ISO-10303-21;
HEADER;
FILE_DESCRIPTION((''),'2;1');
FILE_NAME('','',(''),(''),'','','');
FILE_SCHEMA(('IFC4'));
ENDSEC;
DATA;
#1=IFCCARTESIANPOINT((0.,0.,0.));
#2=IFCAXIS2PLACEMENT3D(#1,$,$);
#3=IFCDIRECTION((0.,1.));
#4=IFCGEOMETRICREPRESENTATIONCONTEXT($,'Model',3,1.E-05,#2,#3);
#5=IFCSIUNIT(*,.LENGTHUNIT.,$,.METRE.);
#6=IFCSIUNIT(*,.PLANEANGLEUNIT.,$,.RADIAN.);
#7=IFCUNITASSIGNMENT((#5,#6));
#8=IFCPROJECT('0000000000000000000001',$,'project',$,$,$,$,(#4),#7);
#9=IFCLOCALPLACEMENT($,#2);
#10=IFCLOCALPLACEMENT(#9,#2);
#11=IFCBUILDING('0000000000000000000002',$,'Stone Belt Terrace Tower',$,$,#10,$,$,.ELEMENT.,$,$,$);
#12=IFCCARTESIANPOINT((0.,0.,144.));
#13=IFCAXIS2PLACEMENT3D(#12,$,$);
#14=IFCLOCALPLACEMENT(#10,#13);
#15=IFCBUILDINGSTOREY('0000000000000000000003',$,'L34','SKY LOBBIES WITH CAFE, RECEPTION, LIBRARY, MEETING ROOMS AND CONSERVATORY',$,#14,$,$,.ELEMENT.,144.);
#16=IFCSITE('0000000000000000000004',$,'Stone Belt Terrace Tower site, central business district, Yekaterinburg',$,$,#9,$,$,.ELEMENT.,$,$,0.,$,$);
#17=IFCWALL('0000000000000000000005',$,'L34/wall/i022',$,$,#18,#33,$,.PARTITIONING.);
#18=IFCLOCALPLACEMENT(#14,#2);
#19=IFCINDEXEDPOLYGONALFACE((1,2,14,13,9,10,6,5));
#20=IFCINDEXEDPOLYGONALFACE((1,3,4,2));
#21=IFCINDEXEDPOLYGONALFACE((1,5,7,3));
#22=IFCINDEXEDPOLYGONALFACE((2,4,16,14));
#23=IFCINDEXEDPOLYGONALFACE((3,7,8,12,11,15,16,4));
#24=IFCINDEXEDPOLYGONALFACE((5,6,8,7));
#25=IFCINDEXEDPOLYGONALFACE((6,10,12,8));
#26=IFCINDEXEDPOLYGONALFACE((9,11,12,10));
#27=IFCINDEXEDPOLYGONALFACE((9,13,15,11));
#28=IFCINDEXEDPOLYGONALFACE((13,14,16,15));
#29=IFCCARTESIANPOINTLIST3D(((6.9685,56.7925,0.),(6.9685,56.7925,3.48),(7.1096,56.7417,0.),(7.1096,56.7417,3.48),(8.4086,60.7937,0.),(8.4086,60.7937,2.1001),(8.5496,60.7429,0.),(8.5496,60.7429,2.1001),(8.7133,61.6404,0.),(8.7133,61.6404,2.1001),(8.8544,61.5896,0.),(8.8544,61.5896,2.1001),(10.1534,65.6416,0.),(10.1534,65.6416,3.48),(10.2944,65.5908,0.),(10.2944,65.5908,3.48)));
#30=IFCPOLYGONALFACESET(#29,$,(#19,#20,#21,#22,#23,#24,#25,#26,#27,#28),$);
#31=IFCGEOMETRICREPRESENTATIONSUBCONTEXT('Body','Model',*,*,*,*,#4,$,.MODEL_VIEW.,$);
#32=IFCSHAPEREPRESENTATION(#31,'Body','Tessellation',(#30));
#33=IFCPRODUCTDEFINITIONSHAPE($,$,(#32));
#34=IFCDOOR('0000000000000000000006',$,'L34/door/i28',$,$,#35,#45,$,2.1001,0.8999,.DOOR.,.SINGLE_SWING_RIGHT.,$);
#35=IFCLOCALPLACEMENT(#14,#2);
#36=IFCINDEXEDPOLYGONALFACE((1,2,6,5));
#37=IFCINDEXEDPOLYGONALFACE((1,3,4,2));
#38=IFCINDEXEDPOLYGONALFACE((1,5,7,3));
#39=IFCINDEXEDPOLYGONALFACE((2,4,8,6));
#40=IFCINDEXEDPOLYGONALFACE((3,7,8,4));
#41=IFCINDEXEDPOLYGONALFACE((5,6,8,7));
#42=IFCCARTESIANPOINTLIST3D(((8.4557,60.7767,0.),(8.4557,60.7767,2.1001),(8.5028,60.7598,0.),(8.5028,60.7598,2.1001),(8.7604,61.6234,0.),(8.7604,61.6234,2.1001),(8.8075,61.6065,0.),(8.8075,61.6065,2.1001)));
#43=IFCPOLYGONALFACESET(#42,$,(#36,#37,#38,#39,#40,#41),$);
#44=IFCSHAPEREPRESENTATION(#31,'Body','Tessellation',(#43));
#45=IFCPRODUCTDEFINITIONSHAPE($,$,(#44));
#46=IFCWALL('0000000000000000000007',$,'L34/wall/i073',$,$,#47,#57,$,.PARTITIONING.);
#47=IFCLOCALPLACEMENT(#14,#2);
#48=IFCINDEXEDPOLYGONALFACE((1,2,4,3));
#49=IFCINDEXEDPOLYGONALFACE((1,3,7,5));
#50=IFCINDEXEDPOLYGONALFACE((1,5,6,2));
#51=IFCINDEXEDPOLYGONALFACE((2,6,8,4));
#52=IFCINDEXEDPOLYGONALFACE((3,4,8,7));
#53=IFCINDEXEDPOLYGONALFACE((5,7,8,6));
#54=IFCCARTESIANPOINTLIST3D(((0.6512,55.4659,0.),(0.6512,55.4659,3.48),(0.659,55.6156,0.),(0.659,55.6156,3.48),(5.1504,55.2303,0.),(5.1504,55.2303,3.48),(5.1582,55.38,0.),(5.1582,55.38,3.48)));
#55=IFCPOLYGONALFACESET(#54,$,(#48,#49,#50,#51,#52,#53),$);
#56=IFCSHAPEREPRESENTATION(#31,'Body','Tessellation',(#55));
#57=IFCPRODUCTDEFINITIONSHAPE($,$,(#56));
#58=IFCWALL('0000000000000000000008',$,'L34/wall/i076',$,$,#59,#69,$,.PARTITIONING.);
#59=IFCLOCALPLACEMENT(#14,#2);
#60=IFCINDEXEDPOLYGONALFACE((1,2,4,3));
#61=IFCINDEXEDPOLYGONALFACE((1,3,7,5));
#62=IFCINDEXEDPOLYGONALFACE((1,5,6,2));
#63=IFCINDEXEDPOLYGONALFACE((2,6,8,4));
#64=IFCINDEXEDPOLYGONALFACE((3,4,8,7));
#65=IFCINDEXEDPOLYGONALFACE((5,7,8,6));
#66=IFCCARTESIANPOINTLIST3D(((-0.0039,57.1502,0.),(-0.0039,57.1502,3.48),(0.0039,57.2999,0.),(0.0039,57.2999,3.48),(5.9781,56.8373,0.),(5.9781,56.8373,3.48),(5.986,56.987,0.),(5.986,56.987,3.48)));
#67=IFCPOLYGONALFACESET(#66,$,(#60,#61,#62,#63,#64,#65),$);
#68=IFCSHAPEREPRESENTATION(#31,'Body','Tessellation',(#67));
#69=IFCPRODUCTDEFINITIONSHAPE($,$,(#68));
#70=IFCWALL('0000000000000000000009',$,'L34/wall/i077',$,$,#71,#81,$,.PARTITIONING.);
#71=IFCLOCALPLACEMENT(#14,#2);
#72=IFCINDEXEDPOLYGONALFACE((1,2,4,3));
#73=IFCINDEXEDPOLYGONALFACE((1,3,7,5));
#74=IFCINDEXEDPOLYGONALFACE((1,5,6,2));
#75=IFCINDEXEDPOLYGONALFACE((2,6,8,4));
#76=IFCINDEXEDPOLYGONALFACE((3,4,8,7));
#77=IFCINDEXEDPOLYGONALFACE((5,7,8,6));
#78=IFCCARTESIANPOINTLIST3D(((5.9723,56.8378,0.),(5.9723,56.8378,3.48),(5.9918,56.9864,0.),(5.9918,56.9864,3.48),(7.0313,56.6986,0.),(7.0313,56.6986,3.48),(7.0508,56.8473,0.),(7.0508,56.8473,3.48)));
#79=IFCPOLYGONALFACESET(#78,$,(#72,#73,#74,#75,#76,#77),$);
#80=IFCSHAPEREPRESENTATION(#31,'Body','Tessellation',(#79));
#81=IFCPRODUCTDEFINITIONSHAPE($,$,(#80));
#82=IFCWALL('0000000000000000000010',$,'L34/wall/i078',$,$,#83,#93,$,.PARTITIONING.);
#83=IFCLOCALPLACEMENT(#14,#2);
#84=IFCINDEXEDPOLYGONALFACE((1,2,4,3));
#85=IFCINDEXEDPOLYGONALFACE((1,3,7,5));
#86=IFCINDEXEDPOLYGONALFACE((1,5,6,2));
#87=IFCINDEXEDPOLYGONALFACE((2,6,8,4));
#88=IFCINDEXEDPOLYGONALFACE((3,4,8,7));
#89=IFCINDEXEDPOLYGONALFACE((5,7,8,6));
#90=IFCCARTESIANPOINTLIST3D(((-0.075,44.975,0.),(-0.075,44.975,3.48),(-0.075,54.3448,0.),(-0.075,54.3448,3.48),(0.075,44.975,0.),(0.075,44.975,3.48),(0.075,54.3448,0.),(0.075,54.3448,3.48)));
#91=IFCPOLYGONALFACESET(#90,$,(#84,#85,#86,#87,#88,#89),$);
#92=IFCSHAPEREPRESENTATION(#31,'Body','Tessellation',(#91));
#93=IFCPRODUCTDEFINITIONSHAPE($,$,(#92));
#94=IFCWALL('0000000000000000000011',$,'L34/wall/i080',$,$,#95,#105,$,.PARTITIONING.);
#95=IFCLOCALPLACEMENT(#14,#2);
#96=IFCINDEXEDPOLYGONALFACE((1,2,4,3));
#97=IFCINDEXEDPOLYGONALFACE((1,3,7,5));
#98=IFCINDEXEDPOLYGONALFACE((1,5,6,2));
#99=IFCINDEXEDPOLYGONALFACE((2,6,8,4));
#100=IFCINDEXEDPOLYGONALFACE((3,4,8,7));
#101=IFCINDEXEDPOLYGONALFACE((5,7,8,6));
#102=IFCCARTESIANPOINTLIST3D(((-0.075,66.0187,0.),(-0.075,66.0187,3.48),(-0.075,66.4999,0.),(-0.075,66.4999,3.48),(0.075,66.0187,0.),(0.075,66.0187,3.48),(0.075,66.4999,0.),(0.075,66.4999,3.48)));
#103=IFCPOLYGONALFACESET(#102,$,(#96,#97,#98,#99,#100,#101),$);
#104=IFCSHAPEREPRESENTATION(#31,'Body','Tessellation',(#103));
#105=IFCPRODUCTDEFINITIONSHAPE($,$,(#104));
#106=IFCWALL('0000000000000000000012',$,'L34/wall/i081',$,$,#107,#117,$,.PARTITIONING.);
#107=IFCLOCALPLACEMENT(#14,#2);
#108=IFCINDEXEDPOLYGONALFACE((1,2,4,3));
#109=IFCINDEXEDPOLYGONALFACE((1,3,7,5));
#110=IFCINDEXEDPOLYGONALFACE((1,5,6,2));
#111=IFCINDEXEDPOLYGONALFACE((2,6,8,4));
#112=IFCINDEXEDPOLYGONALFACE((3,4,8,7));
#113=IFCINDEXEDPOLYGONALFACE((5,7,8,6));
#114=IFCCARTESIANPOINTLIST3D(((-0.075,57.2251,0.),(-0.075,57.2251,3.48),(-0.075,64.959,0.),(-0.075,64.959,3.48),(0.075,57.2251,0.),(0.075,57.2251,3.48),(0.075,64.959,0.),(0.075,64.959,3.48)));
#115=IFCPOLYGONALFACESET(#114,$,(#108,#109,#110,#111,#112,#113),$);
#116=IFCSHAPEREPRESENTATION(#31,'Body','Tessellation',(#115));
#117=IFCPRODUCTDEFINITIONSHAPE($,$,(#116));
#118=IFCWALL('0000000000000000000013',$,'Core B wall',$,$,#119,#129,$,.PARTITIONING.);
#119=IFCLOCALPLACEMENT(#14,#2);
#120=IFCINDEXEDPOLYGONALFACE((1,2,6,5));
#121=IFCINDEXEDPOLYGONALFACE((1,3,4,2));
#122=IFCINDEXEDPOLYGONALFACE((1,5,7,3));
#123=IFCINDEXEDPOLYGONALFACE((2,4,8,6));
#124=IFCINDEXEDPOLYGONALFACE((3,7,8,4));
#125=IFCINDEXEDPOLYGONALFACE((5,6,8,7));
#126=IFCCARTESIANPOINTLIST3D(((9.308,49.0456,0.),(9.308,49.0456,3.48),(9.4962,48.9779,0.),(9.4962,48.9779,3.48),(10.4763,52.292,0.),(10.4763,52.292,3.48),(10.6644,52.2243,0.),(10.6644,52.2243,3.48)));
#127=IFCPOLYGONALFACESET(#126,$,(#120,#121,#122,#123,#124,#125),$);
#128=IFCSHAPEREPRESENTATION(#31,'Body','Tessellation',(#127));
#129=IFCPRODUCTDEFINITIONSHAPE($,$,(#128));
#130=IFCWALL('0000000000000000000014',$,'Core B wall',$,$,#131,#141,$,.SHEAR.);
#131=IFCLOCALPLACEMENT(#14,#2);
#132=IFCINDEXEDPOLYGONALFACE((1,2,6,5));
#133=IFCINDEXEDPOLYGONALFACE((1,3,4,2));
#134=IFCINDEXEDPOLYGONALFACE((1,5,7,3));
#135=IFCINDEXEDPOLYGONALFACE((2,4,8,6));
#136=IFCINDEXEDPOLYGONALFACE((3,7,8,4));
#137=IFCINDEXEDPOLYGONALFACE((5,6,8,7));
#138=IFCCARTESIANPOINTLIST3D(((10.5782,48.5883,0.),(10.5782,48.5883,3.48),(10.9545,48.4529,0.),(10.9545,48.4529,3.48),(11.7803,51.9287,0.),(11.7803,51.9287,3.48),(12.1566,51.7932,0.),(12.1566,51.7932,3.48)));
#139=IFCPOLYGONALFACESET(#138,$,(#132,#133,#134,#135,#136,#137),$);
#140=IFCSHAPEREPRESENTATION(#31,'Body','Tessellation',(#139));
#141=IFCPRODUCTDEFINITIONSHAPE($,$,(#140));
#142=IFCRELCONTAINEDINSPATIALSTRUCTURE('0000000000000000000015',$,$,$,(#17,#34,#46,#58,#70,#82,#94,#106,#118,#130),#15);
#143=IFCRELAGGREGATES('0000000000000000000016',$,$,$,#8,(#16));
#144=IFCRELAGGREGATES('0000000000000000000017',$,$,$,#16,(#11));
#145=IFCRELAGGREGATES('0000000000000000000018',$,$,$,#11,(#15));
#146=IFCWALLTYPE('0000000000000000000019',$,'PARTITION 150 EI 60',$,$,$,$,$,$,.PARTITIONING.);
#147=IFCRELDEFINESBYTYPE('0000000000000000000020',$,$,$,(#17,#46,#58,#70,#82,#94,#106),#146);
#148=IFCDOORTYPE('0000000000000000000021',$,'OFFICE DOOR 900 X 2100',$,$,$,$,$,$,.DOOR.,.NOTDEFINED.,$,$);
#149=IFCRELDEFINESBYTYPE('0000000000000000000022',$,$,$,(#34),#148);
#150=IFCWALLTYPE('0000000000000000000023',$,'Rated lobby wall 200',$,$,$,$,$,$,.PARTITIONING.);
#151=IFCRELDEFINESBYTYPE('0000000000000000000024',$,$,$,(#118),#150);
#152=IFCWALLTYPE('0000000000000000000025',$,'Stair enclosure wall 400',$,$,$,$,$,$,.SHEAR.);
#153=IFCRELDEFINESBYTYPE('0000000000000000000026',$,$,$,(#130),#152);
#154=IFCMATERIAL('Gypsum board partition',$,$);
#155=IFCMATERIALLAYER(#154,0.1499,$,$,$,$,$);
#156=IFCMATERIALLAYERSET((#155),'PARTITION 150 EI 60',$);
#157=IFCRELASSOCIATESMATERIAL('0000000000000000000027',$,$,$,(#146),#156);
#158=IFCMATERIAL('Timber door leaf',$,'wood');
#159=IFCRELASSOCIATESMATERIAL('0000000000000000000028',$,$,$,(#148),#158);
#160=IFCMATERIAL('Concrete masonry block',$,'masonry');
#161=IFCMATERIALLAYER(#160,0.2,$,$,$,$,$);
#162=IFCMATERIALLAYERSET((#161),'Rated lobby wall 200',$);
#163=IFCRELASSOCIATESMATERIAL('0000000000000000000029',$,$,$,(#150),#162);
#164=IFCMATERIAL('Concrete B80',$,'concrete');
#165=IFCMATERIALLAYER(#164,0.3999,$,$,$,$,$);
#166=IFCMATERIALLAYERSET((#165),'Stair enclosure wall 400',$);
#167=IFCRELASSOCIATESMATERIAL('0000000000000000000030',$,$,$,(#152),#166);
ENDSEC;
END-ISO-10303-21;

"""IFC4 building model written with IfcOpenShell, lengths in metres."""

from ifc_helpers import new_model, si_unit, direction, frame, frame_2d, origin, place, context, subcontext, project, spatial, rectangle, extrude, material, layer, layer_set, type_object, element, fill, save


model = new_model("IFC4")

# Units and contexts
model_context = context("Model", 3, precision=1e-05, world=origin(), true_north=direction((0.0, 1.0)))
body_context = subcontext(model_context, "Body", "Model", "MODEL_VIEW")
ifc_project = project(units=[si_unit("LENGTHUNIT", "METRE"), si_unit("PLANEANGLEUNIT", "RADIAN")], contexts=[model_context])

# Site, building, storey
site_placement = place(None, origin())
site = spatial("IfcSite", under=ifc_project, at=site_placement, Name="Stone Belt Terrace Tower site, central business district, Yekaterinburg", CompositionType="ELEMENT", RefElevation=0.0)
building_placement = place(site_placement, origin())
building = spatial("IfcBuilding", under=site, at=building_placement, Name="Stone Belt Terrace Tower", CompositionType="ELEMENT")
storey_placement = place(building_placement, frame((0.0, 0.0, 144.0)))
storey = spatial("IfcBuildingStorey", under=building, at=storey_placement, Name="L34", Description="SKY LOBBIES WITH CAFE, RECEPTION, LIBRARY, MEETING ROOMS AND CONSERVATORY", CompositionType="ELEMENT", Elevation=144.0)

# Shared definitions
ifc_material_1 = material(Name="Concrete B80", Category="concrete")

# Shared definitions
ifc_material_2 = material(Name="Timber door leaf", Category="wood")

# Wall, opening, door
ifc_material_3 = material(Name="Gypsum board partition")
ifc_layer_1 = layer(ifc_material_3, 0.1499)
ifc_layer_set_1 = layer_set([ifc_layer_1], Name="PARTITION 150 EI 60")
wall_type_1 = type_object("IfcWallType", Name="PARTITION 150 EI 60", PredefinedType="PARTITIONING", material=ifc_layer_set_1)
wall_1_placement = place(storey_placement, frame((7.0391, 56.7671, 0.0), z_axis=(0.0, 0.0, 1.0), x_axis=(0.338638, 0.940917, 0.0)))
wall_1 = element("IfcWall", 1, at=wall_1_placement, inside=storey, type_object=wall_type_1, Name="L34/wall/i022", PredefinedType="PARTITIONING", context=body_context, shape_type="SweptSolid", body=[
    extrude(rectangle(XDim=9.4048, YDim=0.1499, at=frame_2d((4.7024, 0.0))), origin(), (0.0, 0.0, 1.0), 3.48),
])
opening_1_placement = place(wall_1_placement, frame((4.2524, 0.0, 0.0)))
opening_1 = element("IfcOpeningElement", 2, at=opening_1_placement, cuts=wall_1, PredefinedType="OPENING", context=body_context, shape_type="SweptSolid", body=[
    extrude(rectangle(XDim=0.8999, YDim=2.1001, at=frame_2d((0.45, 1.05))), frame((0.0, 0.085, 0.0), z_axis=(0.0, -1.0, 0.0), x_axis=(1.0, 0.0, 0.0)), (0.0, 0.0, 1.0), 0.1699),
])
door_type_1 = type_object("IfcDoorType", Name="OFFICE DOOR 900 X 2100", OperationType="NOTDEFINED", PredefinedType="DOOR", material=ifc_material_2)
door_1_placement = place(opening_1_placement, origin())
door_1 = element("IfcDoor", 3, at=door_1_placement, inside=storey, type_object=door_type_1, Name="L34/door/i28", OperationType="SINGLE_SWING_RIGHT", OverallHeight=2.1001, OverallWidth=0.8999, PredefinedType="DOOR", context=body_context, shape_type="SweptSolid", body=[
    extrude(rectangle(XDim=0.8999, YDim=2.1001, at=frame_2d((0.45, 1.05))), frame((0.0, 0.0249, 0.0), z_axis=(0.0, -1.0, 0.0), x_axis=(1.0, 0.0, 0.0)), (0.0, 0.0, 1.0), 0.05),
])
fill(opening_1, door_1)

# Walls
wall_2_placement = place(storey_placement, frame((5.1543, 55.3052, 0.0), z_axis=(0.0, 0.0, 1.0), x_axis=(-0.998632, 0.052291, 0.0)))
element("IfcWall", 4, at=wall_2_placement, inside=storey, type_object=wall_type_1, Name="L34/wall/i073", PredefinedType="PARTITIONING", context=body_context, shape_type="SweptSolid", body=[
    extrude(rectangle(XDim=4.5054, YDim=0.1499, at=frame_2d((2.2527, 0.0))), origin(), (0.0, 0.0, 1.0), 3.48),
])
wall_3_placement = place(storey_placement, frame((0.0, 57.2251, 0.0), z_axis=(0.0, 0.0, 1.0), x_axis=(0.998634, -0.052251, 0.0)))
element("IfcWall", 5, at=wall_3_placement, inside=storey, type_object=wall_type_1, Name="L34/wall/i076", PredefinedType="PARTITIONING", context=body_context, shape_type="SweptSolid", body=[
    extrude(rectangle(XDim=5.9902, YDim=0.1499, at=frame_2d((2.9951, 0.0))), origin(), (0.0, 0.0, 1.0), 3.48),
])
wall_4_placement = place(storey_placement, frame((5.9819, 56.9121, 0.0), z_axis=(0.0, 0.0, 1.0), x_axis=(0.991478, -0.130277, 0.0)))
element("IfcWall", 6, at=wall_4_placement, inside=storey, type_object=wall_type_1, Name="L34/wall/i077", PredefinedType="PARTITIONING", context=body_context, shape_type="SweptSolid", body=[
    extrude(rectangle(XDim=1.0681, YDim=0.1499, at=frame_2d((0.5342, 0.0))), origin(), (0.0, 0.0, 1.0), 3.48),
])
wall_5_placement = place(storey_placement, frame((0.0, 54.345, 0.0), z_axis=(0.0, 0.0, 1.0), x_axis=(0.0, -1.0, 0.0)))
element("IfcWall", 7, at=wall_5_placement, inside=storey, type_object=wall_type_1, Name="L34/wall/i078", PredefinedType="PARTITIONING", context=body_context, shape_type="SweptSolid", body=[
    extrude(rectangle(XDim=9.3699, YDim=0.1499, at=frame_2d((4.6851, 0.0))), origin(), (0.0, 0.0, 1.0), 3.48),
])
wall_6_placement = place(storey_placement, frame((0.0, 66.5, 0.0), z_axis=(0.0, 0.0, 1.0), x_axis=(0.0, -1.0, 0.0)))
element("IfcWall", 8, at=wall_6_placement, inside=storey, type_object=wall_type_1, Name="L34/wall/i080", PredefinedType="PARTITIONING", context=body_context, shape_type="SweptSolid", body=[
    extrude(rectangle(XDim=0.4812, YDim=0.1499, at=frame_2d((0.2407, 0.0))), origin(), (0.0, 0.0, 1.0), 3.48),
])
wall_7_placement = place(storey_placement, frame((0.0, 64.959, 0.0), z_axis=(0.0, 0.0, 1.0), x_axis=(0.0, -1.0, 0.0)))
element("IfcWall", 9, at=wall_7_placement, inside=storey, type_object=wall_type_1, Name="L34/wall/i081", PredefinedType="PARTITIONING", context=body_context, shape_type="SweptSolid", body=[
    extrude(rectangle(XDim=7.7339, YDim=0.1499, at=frame_2d((3.8669, 0.0))), origin(), (0.0, 0.0, 1.0), 3.48),
])
ifc_material_4 = material(Name="Concrete masonry block", Category="masonry")
ifc_layer_2 = layer(ifc_material_4, 0.2)
ifc_layer_set_2 = layer_set([ifc_layer_2], Name="Rated lobby wall 200")
wall_type_2 = type_object("IfcWallType", Name="Rated lobby wall 200", PredefinedType="PARTITIONING", material=ifc_layer_set_2)
wall_8_placement = place(storey_placement, frame((9.4021, 49.0117, 0.0), z_axis=(0.0, 0.0, 1.0), x_axis=(0.338599, 0.940931, 0.0)))
element("IfcWall", 10, at=wall_8_placement, inside=storey, type_object=wall_type_2, Name="Core B wall", PredefinedType="PARTITIONING", context=body_context, shape_type="SweptSolid", body=[
    extrude(rectangle(XDim=3.4502, YDim=0.2, at=frame_2d((1.7251, 0.0))), origin(), (0.0, 0.0, 1.0), 3.48),
])
ifc_layer_3 = layer(ifc_material_1, 0.3999)
ifc_layer_set_3 = layer_set([ifc_layer_3], Name="Stair enclosure wall 400")
wall_type_3 = type_object("IfcWallType", Name="Stair enclosure wall 400", PredefinedType="SHEAR", material=ifc_layer_set_3)
wall_9_placement = place(storey_placement, frame((10.7664, 48.5208, 0.0), z_axis=(0.0, 0.0, 1.0), x_axis=(0.338627, 0.940921, 0.0)))
element("IfcWall", 11, at=wall_9_placement, inside=storey, type_object=wall_type_3, Name="Core B wall", PredefinedType="SHEAR", context=body_context, shape_type="SweptSolid", body=[
    extrude(rectangle(XDim=3.55, YDim=0.3999, at=frame_2d((1.7749, 0.0))), origin(), (0.0, 0.0, 1.0), 3.48),
])

save(model, "model.ifc")
